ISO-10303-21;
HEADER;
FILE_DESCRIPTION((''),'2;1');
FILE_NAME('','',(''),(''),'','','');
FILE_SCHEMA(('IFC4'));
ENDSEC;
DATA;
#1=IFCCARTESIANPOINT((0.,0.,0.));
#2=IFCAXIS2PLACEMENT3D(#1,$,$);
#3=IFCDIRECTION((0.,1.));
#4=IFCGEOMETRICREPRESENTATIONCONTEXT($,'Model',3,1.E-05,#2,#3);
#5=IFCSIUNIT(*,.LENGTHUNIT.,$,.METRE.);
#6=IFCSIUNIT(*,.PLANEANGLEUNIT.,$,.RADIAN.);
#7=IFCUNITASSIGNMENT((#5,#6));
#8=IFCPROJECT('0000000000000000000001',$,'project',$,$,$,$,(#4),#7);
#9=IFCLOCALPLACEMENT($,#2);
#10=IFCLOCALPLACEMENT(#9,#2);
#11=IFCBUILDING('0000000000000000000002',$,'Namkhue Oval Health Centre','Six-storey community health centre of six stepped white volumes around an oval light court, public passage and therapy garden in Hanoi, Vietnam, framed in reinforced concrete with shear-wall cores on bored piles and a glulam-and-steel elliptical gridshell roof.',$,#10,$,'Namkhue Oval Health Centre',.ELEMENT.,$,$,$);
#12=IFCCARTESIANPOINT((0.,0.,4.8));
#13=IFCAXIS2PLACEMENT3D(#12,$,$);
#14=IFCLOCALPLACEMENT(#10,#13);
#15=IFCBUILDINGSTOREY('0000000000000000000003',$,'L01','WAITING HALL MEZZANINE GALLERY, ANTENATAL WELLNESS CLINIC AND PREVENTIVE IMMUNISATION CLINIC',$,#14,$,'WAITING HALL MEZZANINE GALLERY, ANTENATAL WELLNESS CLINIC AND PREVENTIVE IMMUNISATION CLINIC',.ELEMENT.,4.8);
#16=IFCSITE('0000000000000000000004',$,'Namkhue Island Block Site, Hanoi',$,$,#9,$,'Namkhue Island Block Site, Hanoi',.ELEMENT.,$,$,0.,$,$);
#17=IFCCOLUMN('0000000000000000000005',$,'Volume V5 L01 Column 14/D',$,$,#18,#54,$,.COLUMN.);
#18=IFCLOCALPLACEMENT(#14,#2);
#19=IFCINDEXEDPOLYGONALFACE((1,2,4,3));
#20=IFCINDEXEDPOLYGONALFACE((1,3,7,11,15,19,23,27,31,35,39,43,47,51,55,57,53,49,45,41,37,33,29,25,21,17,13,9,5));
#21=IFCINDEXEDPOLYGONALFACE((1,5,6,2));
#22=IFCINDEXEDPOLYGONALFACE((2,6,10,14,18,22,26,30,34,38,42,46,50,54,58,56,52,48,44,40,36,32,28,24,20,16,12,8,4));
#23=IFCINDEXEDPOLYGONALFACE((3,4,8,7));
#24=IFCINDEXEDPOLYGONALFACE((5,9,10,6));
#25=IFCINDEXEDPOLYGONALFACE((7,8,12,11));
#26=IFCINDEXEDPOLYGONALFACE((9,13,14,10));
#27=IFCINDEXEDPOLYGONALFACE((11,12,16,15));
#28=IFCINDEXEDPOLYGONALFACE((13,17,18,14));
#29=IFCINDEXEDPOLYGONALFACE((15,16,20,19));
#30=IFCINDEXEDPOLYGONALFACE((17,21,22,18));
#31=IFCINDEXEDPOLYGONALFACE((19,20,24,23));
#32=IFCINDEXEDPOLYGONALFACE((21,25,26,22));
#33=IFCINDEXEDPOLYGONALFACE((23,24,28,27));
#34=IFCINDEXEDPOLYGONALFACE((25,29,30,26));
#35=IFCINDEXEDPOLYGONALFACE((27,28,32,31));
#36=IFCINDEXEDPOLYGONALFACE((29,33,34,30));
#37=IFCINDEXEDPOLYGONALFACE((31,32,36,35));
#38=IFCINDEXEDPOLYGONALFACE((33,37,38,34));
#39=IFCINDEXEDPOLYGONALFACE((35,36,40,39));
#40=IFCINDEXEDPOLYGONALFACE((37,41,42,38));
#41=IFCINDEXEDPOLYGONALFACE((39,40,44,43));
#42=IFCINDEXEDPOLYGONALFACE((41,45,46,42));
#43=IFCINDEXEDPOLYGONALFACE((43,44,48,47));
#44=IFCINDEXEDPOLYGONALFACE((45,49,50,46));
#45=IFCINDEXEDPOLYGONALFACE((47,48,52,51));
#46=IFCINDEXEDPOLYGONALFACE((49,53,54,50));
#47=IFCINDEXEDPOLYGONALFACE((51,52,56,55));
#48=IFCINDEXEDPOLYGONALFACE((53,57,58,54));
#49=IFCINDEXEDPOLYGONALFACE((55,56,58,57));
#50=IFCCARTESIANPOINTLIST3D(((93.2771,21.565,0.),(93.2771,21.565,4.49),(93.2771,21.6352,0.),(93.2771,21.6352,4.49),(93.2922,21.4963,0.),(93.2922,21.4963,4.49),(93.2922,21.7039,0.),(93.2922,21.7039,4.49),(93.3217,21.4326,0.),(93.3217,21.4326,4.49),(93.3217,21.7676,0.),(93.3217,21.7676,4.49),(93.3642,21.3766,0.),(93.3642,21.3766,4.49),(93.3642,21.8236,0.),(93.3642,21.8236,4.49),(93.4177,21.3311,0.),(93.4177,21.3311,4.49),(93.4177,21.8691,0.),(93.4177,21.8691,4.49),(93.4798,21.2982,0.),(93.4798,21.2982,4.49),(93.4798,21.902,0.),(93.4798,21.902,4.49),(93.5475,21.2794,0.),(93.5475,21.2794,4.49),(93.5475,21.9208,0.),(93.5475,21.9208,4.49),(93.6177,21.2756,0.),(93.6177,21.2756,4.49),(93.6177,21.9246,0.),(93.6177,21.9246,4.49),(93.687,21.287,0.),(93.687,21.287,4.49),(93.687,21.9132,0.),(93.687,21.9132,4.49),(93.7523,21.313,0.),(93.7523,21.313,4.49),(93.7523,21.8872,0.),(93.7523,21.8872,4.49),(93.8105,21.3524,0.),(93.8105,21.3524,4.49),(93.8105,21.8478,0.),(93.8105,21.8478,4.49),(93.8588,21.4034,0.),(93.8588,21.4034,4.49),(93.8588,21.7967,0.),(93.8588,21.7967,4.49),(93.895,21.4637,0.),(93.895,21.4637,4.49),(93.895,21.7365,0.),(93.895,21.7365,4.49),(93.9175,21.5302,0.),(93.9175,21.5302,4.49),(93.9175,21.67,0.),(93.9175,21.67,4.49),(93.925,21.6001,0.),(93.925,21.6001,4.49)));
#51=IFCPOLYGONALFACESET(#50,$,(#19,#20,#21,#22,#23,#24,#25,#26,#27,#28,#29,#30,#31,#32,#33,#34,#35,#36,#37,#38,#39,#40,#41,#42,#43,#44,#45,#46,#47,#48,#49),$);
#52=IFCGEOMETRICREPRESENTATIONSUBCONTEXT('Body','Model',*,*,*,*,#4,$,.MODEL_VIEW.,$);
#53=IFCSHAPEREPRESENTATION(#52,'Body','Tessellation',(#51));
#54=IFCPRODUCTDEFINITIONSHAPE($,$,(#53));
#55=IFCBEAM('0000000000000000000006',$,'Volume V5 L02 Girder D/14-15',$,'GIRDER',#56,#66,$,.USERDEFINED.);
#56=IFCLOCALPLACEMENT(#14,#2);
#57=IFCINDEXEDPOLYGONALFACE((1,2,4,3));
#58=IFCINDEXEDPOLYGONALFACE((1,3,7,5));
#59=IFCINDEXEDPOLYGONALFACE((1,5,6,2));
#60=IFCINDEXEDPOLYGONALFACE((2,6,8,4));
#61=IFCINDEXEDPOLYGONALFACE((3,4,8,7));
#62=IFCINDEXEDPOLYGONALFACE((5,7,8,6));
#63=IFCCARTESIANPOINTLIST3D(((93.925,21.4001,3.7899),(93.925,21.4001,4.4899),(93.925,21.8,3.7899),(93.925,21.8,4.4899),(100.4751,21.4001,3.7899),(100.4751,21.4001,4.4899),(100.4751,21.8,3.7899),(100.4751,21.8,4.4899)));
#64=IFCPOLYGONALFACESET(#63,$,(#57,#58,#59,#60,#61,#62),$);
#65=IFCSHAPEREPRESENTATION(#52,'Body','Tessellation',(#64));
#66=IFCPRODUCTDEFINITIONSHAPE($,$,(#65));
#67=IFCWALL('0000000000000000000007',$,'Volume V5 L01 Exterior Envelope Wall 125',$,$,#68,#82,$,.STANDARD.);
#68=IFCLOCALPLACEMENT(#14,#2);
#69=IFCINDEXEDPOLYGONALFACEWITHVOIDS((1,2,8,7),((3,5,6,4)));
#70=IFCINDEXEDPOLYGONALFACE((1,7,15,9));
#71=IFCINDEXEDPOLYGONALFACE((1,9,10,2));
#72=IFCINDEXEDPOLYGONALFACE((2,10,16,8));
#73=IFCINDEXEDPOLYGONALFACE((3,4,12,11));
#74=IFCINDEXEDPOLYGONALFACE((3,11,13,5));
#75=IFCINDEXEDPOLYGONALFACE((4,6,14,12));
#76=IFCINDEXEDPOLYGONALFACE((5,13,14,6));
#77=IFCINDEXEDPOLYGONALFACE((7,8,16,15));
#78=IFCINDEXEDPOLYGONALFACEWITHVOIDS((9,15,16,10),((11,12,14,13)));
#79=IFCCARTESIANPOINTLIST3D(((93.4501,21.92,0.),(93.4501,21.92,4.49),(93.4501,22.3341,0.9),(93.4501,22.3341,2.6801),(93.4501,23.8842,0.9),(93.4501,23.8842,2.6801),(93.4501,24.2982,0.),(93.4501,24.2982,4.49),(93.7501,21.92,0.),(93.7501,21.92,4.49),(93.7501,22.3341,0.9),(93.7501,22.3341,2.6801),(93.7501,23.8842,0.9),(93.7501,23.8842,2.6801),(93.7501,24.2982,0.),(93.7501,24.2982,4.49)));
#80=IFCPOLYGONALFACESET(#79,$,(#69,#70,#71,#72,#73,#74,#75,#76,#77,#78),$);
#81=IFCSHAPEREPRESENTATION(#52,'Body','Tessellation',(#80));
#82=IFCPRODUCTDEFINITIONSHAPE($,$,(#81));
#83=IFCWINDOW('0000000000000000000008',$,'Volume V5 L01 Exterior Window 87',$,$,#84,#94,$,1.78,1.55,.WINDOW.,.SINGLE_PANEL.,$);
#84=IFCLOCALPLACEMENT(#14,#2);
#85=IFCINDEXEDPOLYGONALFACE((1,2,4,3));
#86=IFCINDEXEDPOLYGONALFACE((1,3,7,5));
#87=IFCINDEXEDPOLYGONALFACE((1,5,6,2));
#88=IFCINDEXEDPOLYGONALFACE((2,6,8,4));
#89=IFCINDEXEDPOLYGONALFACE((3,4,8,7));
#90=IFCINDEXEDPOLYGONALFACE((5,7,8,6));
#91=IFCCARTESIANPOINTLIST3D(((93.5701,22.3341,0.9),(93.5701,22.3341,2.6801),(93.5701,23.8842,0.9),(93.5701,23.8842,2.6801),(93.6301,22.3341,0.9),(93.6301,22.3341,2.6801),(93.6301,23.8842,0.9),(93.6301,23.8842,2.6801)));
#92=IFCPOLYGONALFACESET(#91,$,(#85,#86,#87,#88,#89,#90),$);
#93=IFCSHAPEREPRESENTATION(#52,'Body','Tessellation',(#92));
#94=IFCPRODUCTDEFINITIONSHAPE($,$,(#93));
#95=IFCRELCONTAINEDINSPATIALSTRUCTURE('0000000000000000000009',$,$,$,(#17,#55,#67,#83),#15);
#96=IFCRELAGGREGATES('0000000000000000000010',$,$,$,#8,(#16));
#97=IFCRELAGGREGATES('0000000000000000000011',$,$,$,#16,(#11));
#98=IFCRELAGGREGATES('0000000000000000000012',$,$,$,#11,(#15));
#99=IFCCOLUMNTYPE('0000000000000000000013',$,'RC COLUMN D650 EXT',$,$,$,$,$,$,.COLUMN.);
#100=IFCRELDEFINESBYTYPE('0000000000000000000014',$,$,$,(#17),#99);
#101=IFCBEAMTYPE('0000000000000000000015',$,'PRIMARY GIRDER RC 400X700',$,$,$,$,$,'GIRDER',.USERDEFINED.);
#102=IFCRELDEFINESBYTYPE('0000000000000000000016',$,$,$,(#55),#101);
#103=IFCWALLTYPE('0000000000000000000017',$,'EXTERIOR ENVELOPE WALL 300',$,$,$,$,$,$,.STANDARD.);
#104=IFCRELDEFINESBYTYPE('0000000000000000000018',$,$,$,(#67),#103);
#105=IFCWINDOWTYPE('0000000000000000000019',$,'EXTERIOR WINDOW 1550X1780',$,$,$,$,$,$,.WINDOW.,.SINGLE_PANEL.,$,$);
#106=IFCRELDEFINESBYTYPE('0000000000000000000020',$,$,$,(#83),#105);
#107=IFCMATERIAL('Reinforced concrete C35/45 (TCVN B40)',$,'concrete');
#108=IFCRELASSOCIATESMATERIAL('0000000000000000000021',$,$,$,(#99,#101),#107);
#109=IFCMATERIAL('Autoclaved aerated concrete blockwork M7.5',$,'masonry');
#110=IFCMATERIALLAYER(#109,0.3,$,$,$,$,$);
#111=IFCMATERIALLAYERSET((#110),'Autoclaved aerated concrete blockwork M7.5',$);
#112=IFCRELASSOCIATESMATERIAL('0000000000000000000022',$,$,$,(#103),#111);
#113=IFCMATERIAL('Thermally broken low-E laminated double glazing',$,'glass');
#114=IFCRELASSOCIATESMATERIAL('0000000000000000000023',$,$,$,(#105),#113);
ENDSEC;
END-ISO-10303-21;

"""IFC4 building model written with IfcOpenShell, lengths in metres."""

from ifc_helpers import new_model, si_unit, direction, frame, frame_2d, origin, origin_2d, place, context, subcontext, project, spatial, rectangle, circle, extrude, material, layer, layer_set, material_profile, profile_set, type_object, element, fill, save


model = new_model("IFC4")

# Units and contexts
model_context = context("Model", 3, precision=1e-05, world=origin(), true_north=direction((0.0, 1.0)))
body_context = subcontext(model_context, "Body", "Model", "MODEL_VIEW")
ifc_project = project(units=[si_unit("LENGTHUNIT", "METRE"), si_unit("PLANEANGLEUNIT", "RADIAN")], contexts=[model_context])

# Site, building, storey
site_placement = place(None, origin())
site = spatial("IfcSite", under=ifc_project, at=site_placement, Name="Namkhue Island Block Site, Hanoi", LongName="Namkhue Island Block Site, Hanoi", CompositionType="ELEMENT", RefElevation=0.0)
building_placement = place(site_placement, origin())
building = spatial("IfcBuilding", under=site, at=building_placement, Name="Namkhue Oval Health Centre", Description="Six-storey community health centre of six stepped white volumes around an oval light court, public passage and therapy garden in Hanoi, Vietnam, framed in reinforced concrete with shear-wall cores on bored piles and a glulam-and-steel elliptical gridshell roof.", LongName="Namkhue Oval Health Centre", CompositionType="ELEMENT")
storey_placement = place(building_placement, frame((0.0, 0.0, 4.8)))
storey = spatial("IfcBuildingStorey", under=building, at=storey_placement, Name="L01", Description="WAITING HALL MEZZANINE GALLERY, ANTENATAL WELLNESS CLINIC AND PREVENTIVE IMMUNISATION CLINIC", LongName="WAITING HALL MEZZANINE GALLERY, ANTENATAL WELLNESS CLINIC AND PREVENTIVE IMMUNISATION CLINIC", CompositionType="ELEMENT", Elevation=4.8)

# Column
ifc_material_1 = material(Name="Reinforced concrete C35/45 (TCVN B40)", Category="concrete")
ifc_material_profile_1 = material_profile(ifc_material_1, circle(Radius=0.325, at=origin_2d()), Name="RC D650")
ifc_profile_set_1 = profile_set([ifc_material_profile_1], Name="Reinforced concrete C35/45 (TCVN B40)")
column_type = type_object("IfcColumnType", Name="RC COLUMN D650 EXT", PredefinedType="COLUMN", material=ifc_profile_set_1)
column_placement = place(storey_placement, frame((93.6001, 21.6001, 0.0), z_axis=(0.0, 0.0, 1.0), x_axis=(1.0, 0.0, 0.0)))
element("IfcColumn", 1, at=column_placement, inside=storey, type_object=column_type, Name="Volume V5 L01 Column 14/D", PredefinedType="COLUMN", context=body_context, shape_type="SweptSolid", body=[
    extrude(circle(Radius=0.325, at=origin_2d()), origin(), (0.0, 0.0, 1.0), 4.49),
])

# Beam
ifc_material_profile_2 = material_profile(ifc_material_1, rectangle(XDim=0.3999, YDim=0.7, at=origin_2d()), Name="RC 400x700")
ifc_profile_set_2 = profile_set([ifc_material_profile_2], Name="Reinforced concrete C35/45 (TCVN B40)")
beam_type = type_object("IfcBeamType", Name="PRIMARY GIRDER RC 400X700", ElementType="GIRDER", PredefinedType="USERDEFINED", material=ifc_profile_set_2)
beam_placement = place(storey_placement, frame((93.925, 21.6001, 4.1399), z_axis=(1.0, 0.0, 0.0), x_axis=(0.0, 1.0, 0.0)))
element("IfcBeam", 2, at=beam_placement, inside=storey, type_object=beam_type, Name="Volume V5 L02 Girder D/14-15", ObjectType="GIRDER", PredefinedType="USERDEFINED", context=body_context, shape_type="SweptSolid", body=[
    extrude(rectangle(XDim=0.3999, YDim=0.7, at=origin_2d()), origin(), (0.0, 0.0, 1.0), 6.55),
])

# Wall, opening, window
ifc_material_2 = material(Name="Autoclaved aerated concrete blockwork M7.5", Category="masonry")
ifc_layer_1 = layer(ifc_material_2, 0.3)
ifc_layer_set_1 = layer_set([ifc_layer_1], Name="Autoclaved aerated concrete blockwork M7.5")
wall_type_1 = type_object("IfcWallType", Name="EXTERIOR ENVELOPE WALL 300", PredefinedType="STANDARD", material=ifc_layer_set_1)
wall_1_placement = place(storey_placement, frame((93.6001, 24.2981, 0.0), z_axis=(0.0, 0.0, 1.0), x_axis=(0.0, -1.0, 0.0)))
wall_1 = element("IfcWall", 3, at=wall_1_placement, inside=storey, type_object=wall_type_1, Name="Volume V5 L01 Exterior Envelope Wall 125", PredefinedType="STANDARD", context=body_context, shape_type="SweptSolid", body=[
    extrude(rectangle(XDim=2.3782, YDim=0.3, at=frame_2d((1.189, 0.0))), origin(), (0.0, 0.0, 1.0), 4.49),
])
opening_1_placement = place(wall_1_placement, frame((0.4141, 0.0, 0.8999)))
opening_1 = element("IfcOpeningElement", 4, at=opening_1_placement, cuts=wall_1, PredefinedType="OPENING", context=body_context, shape_type="SweptSolid", body=[
    extrude(rectangle(XDim=1.55, YDim=1.78, at=frame_2d((0.7749, 0.8901))), frame((0.0, 0.1599, 0.0), z_axis=(0.0, -1.0, 0.0), x_axis=(1.0, 0.0, 0.0)), (0.0, 0.0, 1.0), 0.3201),
])
ifc_material_3 = material(Name="Thermally broken low-E laminated double glazing", Category="glass")
window_type = type_object("IfcWindowType", Name="EXTERIOR WINDOW 1550X1780", PartitioningType="SINGLE_PANEL", PredefinedType="WINDOW", material=ifc_material_3)
window_placement = place(opening_1_placement, origin())
window = element("IfcWindow", 5, at=window_placement, inside=storey, type_object=window_type, Name="Volume V5 L01 Exterior Window 87", OverallHeight=1.78, OverallWidth=1.55, PartitioningType="SINGLE_PANEL", PredefinedType="WINDOW", context=body_context, shape_type="SweptSolid", body=[
    extrude(rectangle(XDim=1.55, YDim=1.78, at=frame_2d((0.7749, 0.8901))), frame((0.0, 0.03, 0.0), z_axis=(0.0, -1.0, 0.0), x_axis=(1.0, 0.0, 0.0)), (0.0, 0.0, 1.0), 0.0601),
])
fill(opening_1, window)

save(model, "model.ifc")
